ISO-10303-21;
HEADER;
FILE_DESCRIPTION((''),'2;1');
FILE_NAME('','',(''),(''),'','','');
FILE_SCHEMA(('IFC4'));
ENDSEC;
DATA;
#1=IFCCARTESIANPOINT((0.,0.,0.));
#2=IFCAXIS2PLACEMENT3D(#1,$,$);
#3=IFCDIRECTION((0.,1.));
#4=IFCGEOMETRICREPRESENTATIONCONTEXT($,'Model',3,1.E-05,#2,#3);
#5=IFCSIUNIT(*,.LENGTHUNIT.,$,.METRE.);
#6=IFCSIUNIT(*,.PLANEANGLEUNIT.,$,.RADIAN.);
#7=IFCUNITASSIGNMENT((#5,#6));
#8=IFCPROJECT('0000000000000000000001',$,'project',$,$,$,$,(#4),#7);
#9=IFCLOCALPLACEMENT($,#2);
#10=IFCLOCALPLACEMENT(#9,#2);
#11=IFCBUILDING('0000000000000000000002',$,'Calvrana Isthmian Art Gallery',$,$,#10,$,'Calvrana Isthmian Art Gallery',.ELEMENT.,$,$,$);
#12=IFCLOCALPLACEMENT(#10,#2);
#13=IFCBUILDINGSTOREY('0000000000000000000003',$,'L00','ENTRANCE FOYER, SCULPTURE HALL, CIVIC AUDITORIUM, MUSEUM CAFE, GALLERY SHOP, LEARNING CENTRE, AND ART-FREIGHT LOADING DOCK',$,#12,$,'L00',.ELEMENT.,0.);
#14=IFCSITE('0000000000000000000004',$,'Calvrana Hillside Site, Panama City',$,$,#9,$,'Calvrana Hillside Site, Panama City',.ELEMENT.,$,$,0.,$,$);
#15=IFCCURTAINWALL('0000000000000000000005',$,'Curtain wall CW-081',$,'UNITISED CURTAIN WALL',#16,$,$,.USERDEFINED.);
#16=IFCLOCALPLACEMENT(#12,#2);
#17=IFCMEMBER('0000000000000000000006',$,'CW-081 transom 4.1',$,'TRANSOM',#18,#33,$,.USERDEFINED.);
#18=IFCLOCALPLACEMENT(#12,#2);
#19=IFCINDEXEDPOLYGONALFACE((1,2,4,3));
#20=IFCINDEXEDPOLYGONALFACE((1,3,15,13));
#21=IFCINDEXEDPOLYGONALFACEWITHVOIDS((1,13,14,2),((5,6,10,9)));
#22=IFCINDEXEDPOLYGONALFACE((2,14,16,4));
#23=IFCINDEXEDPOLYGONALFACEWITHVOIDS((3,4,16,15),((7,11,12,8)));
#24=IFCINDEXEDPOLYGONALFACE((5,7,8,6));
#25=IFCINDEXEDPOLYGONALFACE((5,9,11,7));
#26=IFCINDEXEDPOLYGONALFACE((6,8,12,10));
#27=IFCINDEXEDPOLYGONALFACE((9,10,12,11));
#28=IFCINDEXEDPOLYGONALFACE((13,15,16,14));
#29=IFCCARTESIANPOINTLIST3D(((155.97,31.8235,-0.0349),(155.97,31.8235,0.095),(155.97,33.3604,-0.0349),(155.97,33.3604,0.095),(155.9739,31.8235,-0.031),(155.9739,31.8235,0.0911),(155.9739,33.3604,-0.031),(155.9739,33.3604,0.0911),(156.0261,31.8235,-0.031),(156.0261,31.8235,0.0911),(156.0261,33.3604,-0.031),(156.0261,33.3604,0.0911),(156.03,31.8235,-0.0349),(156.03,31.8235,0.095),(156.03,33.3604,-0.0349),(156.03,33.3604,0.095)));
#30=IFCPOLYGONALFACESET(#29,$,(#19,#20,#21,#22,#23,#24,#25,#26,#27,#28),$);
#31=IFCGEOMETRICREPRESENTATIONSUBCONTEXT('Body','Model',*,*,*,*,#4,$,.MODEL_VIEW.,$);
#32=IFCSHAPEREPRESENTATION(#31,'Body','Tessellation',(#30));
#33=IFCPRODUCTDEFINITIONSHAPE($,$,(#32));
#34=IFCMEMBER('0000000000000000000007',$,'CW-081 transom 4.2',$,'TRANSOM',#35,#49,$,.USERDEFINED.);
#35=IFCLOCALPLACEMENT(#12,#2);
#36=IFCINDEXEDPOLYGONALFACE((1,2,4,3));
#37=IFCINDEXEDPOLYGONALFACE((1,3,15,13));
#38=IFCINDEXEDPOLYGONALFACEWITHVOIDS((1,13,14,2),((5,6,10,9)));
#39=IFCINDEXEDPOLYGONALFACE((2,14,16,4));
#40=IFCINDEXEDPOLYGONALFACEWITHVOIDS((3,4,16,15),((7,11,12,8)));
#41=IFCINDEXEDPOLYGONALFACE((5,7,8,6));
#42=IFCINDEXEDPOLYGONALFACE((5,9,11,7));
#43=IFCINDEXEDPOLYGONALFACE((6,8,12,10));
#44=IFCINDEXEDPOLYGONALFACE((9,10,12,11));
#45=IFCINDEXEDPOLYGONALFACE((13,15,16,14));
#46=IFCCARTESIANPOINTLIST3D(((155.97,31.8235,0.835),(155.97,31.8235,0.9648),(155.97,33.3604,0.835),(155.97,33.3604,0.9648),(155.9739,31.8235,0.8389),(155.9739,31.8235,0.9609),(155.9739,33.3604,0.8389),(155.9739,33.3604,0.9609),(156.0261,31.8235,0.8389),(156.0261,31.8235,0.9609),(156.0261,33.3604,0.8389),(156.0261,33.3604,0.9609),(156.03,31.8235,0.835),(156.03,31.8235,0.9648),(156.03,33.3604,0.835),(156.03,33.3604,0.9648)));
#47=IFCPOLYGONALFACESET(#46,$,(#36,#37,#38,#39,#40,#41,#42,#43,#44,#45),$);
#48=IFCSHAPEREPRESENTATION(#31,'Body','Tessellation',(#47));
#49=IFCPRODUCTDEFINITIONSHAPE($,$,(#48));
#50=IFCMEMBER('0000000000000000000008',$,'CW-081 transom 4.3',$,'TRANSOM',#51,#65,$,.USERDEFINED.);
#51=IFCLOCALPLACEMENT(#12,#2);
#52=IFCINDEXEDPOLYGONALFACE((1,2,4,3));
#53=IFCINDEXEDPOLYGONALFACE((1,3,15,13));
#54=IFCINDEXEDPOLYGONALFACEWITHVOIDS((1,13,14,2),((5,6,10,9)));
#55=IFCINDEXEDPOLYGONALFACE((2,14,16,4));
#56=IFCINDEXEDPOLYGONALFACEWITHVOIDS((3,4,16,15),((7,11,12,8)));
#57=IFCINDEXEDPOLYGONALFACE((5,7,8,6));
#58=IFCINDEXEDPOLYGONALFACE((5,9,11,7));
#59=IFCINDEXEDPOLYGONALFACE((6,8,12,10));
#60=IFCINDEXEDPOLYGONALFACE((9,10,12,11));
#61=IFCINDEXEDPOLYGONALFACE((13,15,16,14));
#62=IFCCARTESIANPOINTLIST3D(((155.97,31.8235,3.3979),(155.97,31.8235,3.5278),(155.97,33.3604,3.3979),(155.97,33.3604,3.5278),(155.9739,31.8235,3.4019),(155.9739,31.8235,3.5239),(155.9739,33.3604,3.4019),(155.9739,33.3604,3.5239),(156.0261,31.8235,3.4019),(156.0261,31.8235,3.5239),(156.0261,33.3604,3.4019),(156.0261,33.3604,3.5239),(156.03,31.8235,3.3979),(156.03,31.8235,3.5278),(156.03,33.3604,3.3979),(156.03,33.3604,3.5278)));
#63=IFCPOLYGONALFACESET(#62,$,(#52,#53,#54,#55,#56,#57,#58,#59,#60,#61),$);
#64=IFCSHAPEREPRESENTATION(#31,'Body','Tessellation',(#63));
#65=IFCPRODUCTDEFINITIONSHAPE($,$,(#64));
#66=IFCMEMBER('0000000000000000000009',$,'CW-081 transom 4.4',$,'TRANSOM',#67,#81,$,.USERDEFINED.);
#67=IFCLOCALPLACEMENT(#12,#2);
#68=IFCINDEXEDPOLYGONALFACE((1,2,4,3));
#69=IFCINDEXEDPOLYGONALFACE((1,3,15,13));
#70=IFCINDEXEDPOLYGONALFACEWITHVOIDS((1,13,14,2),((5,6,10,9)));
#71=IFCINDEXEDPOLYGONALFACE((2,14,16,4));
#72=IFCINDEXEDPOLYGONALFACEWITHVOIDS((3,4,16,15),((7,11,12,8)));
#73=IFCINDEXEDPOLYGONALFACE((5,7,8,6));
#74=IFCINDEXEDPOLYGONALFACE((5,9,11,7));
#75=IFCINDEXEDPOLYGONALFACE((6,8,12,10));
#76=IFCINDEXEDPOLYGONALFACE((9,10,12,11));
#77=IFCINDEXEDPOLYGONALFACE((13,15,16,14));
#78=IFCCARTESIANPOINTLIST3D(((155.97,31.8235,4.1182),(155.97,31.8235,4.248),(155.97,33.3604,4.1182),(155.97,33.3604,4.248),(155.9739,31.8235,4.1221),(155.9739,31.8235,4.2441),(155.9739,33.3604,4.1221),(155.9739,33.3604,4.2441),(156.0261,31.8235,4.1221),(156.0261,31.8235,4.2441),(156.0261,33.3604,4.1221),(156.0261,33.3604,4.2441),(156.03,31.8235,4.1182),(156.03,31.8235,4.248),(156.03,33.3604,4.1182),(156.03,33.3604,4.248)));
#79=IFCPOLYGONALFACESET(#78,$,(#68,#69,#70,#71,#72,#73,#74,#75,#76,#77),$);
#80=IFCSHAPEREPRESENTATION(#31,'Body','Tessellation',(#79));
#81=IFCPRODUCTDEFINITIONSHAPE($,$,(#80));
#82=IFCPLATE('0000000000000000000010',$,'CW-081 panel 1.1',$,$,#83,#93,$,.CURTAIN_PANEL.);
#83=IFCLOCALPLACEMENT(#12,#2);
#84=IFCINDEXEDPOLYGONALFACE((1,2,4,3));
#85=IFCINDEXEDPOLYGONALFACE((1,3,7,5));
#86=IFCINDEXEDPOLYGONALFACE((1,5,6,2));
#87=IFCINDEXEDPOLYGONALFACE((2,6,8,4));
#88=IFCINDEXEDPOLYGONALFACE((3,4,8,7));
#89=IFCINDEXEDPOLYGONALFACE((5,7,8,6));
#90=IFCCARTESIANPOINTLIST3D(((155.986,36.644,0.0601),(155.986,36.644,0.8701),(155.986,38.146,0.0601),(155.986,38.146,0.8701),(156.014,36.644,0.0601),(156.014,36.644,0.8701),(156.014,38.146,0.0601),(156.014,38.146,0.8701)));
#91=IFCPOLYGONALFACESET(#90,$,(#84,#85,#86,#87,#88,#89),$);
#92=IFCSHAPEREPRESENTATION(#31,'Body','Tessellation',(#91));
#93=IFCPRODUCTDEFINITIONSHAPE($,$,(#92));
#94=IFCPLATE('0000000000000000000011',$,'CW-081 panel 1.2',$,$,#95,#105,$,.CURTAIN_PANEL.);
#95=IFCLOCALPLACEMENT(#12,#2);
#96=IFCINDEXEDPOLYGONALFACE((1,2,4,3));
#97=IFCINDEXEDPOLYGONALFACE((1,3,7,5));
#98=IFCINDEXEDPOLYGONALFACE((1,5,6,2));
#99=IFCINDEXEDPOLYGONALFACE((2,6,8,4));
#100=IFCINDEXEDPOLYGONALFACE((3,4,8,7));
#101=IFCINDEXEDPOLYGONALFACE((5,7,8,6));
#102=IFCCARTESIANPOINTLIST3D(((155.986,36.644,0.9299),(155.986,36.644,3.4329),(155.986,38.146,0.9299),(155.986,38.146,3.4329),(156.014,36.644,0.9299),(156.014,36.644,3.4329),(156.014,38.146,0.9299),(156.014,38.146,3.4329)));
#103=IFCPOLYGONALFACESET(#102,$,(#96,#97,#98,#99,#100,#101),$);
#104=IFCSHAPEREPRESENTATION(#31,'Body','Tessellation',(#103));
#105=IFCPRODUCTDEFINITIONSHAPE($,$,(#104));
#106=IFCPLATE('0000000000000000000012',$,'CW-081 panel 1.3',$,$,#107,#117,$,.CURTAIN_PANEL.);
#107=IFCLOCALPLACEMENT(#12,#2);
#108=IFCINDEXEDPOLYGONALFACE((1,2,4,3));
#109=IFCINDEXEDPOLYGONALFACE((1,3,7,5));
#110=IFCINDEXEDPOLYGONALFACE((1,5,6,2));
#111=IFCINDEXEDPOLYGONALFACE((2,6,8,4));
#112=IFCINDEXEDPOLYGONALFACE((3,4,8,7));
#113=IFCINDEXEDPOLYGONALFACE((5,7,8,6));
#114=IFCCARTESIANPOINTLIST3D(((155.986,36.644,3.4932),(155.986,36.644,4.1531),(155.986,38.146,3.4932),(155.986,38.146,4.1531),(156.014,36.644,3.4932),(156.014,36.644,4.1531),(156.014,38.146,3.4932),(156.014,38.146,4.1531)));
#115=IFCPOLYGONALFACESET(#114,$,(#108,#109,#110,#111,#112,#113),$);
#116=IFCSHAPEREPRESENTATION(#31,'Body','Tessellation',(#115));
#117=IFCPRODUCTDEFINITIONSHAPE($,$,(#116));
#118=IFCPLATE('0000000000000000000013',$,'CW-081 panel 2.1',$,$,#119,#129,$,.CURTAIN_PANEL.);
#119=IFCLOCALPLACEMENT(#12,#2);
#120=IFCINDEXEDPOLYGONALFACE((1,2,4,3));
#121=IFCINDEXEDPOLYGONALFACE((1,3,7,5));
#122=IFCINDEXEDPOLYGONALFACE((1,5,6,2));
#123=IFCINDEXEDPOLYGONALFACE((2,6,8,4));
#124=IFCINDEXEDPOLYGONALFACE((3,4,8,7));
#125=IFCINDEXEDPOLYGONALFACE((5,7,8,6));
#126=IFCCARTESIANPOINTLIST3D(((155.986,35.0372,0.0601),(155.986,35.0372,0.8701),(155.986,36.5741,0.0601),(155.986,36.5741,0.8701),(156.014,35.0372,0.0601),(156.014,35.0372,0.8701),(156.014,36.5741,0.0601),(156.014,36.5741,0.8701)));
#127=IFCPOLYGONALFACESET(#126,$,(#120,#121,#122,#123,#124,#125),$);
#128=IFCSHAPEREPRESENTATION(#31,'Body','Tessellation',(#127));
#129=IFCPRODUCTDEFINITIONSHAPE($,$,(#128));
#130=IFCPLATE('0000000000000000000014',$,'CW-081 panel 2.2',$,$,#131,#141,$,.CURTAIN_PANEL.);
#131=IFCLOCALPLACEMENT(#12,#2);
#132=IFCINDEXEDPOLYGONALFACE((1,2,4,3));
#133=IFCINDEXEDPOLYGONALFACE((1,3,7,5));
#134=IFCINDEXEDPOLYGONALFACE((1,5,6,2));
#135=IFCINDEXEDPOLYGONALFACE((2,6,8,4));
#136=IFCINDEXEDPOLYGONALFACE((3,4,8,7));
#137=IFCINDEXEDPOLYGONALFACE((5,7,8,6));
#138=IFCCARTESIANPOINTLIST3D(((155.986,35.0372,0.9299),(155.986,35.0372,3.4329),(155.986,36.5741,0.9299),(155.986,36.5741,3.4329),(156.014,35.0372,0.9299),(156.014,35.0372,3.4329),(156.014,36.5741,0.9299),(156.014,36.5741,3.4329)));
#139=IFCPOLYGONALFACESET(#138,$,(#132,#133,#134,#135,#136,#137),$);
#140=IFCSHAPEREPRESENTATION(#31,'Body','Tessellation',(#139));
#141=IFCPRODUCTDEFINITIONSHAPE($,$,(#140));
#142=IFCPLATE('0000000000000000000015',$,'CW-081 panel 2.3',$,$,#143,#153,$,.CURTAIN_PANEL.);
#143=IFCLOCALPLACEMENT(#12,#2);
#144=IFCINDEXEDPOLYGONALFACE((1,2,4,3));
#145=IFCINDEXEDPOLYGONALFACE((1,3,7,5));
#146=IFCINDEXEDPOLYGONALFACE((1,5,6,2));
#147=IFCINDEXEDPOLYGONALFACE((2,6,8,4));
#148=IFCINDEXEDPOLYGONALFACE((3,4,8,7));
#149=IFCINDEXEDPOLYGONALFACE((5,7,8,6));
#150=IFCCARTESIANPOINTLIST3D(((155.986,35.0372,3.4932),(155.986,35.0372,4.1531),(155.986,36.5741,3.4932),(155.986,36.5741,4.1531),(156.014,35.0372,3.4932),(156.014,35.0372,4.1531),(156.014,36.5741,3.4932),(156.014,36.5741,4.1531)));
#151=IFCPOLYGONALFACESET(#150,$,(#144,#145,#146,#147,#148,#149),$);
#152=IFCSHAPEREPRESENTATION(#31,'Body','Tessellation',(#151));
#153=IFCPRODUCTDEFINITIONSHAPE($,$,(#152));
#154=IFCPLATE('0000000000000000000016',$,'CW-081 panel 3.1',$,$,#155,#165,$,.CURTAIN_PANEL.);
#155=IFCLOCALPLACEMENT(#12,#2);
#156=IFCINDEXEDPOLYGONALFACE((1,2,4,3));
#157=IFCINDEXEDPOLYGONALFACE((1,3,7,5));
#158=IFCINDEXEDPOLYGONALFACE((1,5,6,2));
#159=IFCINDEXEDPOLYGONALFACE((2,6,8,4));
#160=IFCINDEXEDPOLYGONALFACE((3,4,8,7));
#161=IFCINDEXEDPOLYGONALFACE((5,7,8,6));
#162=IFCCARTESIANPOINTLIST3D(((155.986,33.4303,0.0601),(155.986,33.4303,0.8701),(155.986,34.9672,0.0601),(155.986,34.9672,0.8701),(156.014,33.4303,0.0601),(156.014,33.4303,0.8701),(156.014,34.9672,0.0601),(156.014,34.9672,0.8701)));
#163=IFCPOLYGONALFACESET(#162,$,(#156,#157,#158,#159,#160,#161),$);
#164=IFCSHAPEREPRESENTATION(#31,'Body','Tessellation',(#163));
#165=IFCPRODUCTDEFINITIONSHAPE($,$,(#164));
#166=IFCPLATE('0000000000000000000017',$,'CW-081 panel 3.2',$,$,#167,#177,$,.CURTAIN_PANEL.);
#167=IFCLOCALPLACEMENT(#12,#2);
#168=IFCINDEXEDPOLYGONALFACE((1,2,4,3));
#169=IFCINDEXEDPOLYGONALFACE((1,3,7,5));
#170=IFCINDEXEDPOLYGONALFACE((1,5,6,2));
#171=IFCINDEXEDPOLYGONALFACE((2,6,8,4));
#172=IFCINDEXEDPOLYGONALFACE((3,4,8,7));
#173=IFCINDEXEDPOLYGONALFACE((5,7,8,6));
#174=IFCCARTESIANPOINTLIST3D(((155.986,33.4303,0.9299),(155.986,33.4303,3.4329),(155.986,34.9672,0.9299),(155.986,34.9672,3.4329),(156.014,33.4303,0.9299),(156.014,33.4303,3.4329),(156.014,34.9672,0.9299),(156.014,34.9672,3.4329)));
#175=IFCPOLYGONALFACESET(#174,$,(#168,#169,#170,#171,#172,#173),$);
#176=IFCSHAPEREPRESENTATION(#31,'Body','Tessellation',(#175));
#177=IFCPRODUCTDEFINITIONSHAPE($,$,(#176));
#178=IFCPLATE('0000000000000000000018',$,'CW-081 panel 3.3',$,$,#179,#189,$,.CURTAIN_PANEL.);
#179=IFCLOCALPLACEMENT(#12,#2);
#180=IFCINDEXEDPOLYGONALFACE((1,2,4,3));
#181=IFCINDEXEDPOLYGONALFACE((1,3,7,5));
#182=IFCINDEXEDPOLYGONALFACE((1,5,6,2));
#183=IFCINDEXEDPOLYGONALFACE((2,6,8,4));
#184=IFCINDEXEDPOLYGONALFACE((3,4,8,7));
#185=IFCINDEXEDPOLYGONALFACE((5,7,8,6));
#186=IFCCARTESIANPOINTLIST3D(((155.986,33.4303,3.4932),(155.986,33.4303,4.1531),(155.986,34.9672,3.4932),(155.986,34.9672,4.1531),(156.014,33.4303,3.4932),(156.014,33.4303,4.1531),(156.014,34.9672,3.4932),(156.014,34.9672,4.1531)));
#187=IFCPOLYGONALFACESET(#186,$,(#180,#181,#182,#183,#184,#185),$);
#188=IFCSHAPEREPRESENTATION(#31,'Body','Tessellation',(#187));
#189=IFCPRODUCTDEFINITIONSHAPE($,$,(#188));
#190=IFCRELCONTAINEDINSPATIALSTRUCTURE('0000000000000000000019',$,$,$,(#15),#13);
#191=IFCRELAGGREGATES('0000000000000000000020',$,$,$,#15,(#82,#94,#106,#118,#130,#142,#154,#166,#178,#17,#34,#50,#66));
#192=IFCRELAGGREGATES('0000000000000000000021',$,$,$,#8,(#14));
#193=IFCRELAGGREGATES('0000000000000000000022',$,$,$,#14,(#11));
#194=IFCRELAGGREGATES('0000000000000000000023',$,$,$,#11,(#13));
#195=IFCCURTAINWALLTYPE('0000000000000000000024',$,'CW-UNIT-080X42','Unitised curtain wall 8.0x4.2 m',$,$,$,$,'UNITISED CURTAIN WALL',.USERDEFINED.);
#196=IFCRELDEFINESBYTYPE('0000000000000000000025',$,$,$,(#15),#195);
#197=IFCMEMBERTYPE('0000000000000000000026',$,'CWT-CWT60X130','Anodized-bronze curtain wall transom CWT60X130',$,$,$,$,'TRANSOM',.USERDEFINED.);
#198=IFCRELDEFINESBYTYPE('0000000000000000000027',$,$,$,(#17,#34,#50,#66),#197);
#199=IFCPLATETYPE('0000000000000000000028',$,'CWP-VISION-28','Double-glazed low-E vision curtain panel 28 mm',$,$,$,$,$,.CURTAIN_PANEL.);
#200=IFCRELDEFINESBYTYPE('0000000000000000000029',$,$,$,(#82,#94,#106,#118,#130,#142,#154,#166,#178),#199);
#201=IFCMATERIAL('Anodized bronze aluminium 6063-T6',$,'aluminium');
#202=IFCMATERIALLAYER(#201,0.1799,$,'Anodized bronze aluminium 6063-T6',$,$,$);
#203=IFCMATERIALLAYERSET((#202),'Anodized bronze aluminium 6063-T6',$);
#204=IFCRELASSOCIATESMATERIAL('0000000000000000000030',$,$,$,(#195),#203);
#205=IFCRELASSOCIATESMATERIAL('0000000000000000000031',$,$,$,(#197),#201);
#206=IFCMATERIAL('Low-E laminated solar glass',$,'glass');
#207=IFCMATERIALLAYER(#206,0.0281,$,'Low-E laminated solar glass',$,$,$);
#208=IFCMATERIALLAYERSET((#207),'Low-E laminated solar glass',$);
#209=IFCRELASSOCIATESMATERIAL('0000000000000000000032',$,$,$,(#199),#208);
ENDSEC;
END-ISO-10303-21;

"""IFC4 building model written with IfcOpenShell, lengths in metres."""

from ifc_helpers import new_model, si_unit, direction, frame, origin, origin_2d, place, context, subcontext, project, spatial, rectangle, hollow_rectangle, extrude, material, layer, layer_set, material_profile, profile_set, type_object, element, aggregate, save


model = new_model("IFC4")

# Units and contexts
model_context = context("Model", 3, precision=1e-05, world=origin(), true_north=direction((0.0, 1.0)))
body_context = subcontext(model_context, "Body", "Model", "MODEL_VIEW")
ifc_project = project(units=[si_unit("LENGTHUNIT", "METRE"), si_unit("PLANEANGLEUNIT", "RADIAN")], contexts=[model_context])

# Site, building, storey
site_placement = place(None, origin())
site = spatial("IfcSite", under=ifc_project, at=site_placement, Name="Calvrana Hillside Site, Panama City", LongName="Calvrana Hillside Site, Panama City", CompositionType="ELEMENT", RefElevation=0.0)
building_placement = place(site_placement, origin())
building = spatial("IfcBuilding", under=site, at=building_placement, Name="Calvrana Isthmian Art Gallery", LongName="Calvrana Isthmian Art Gallery", CompositionType="ELEMENT")
storey_placement = place(building_placement, origin())
storey = spatial("IfcBuildingStorey", under=building, at=storey_placement, Name="L00", Description="ENTRANCE FOYER, SCULPTURE HALL, CIVIC AUDITORIUM, MUSEUM CAFE, GALLERY SHOP, LEARNING CENTRE, AND ART-FREIGHT LOADING DOCK", LongName="L00", CompositionType="ELEMENT", Elevation=0.0)

# Curtain wall, members, plates
ifc_material_1 = material(Name="Anodized bronze aluminium 6063-T6", Category="aluminium")
ifc_layer_1 = layer(ifc_material_1, 0.1799, Name="Anodized bronze aluminium 6063-T6")
ifc_layer_set_1 = layer_set([ifc_layer_1], Name="Anodized bronze aluminium 6063-T6")
curtain_wall_type = type_object("IfcCurtainWallType", Name="CW-UNIT-080X42", Description="Unitised curtain wall 8.0x4.2 m", ElementType="UNITISED CURTAIN WALL", PredefinedType="USERDEFINED", material=ifc_layer_set_1)
curtain_wall_placement = place(storey_placement, origin())
curtain_wall = element("IfcCurtainWall", 1, at=curtain_wall_placement, inside=storey, type_object=curtain_wall_type, Name="Curtain wall CW-081", ObjectType="UNITISED CURTAIN WALL", PredefinedType="USERDEFINED")
ifc_material_profile_1 = material_profile(ifc_material_1, hollow_rectangle(XDim=0.0601, YDim=0.1299, WallThickness=0.0039, at=origin_2d()), Name="CWT60X130")
ifc_profile_set_1 = profile_set([ifc_material_profile_1], Name="Anodized bronze aluminium 6063-T6")
member_type_1 = type_object("IfcMemberType", Name="CWT-CWT60X130", Description="Anodized-bronze curtain wall transom CWT60X130", ElementType="TRANSOM", PredefinedType="USERDEFINED", material=ifc_profile_set_1)
member_1_placement = place(storey_placement, frame((156.0, 33.3604, 0.03), z_axis=(0.0, -1.0, 0.0), x_axis=(1.0, 0.0, 0.0)))
member_1 = element("IfcMember", 2, at=member_1_placement, type_object=member_type_1, Name="CW-081 transom 4.1", ObjectType="TRANSOM", PredefinedType="USERDEFINED", context=body_context, shape_type="SweptSolid", body=[
    extrude(hollow_rectangle(XDim=0.0601, YDim=0.1299, WallThickness=0.0039, at=origin_2d()), origin(), (0.0, 0.0, 1.0), 1.5369),
])
member_2_placement = place(storey_placement, frame((156.0, 33.3604, 0.8999), z_axis=(0.0, -1.0, 0.0), x_axis=(1.0, 0.0, 0.0)))
member_2 = element("IfcMember", 3, at=member_2_placement, type_object=member_type_1, Name="CW-081 transom 4.2", ObjectType="TRANSOM", PredefinedType="USERDEFINED", context=body_context, shape_type="SweptSolid", body=[
    extrude(hollow_rectangle(XDim=0.0601, YDim=0.1299, WallThickness=0.0039, at=origin_2d()), origin(), (0.0, 0.0, 1.0), 1.5369),
])
member_3_placement = place(storey_placement, frame((156.0, 33.3604, 3.4629), z_axis=(0.0, -1.0, 0.0), x_axis=(1.0, 0.0, 0.0)))
member_3 = element("IfcMember", 4, at=member_3_placement, type_object=member_type_1, Name="CW-081 transom 4.3", ObjectType="TRANSOM", PredefinedType="USERDEFINED", context=body_context, shape_type="SweptSolid", body=[
    extrude(hollow_rectangle(XDim=0.0601, YDim=0.1299, WallThickness=0.0039, at=origin_2d()), origin(), (0.0, 0.0, 1.0), 1.5369),
])
member_4_placement = place(storey_placement, frame((156.0, 33.3604, 4.1831), z_axis=(0.0, -1.0, 0.0), x_axis=(1.0, 0.0, 0.0)))
member_4 = element("IfcMember", 5, at=member_4_placement, type_object=member_type_1, Name="CW-081 transom 4.4", ObjectType="TRANSOM", PredefinedType="USERDEFINED", context=body_context, shape_type="SweptSolid", body=[
    extrude(hollow_rectangle(XDim=0.0601, YDim=0.1299, WallThickness=0.0039, at=origin_2d()), origin(), (0.0, 0.0, 1.0), 1.5369),
])
ifc_material_2 = material(Name="Low-E laminated solar glass", Category="glass")
ifc_layer_2 = layer(ifc_material_2, 0.0281, Name="Low-E laminated solar glass")
ifc_layer_set_2 = layer_set([ifc_layer_2], Name="Low-E laminated solar glass")
plate_type = type_object("IfcPlateType", Name="CWP-VISION-28", Description="Double-glazed low-E vision curtain panel 28 mm", PredefinedType="CURTAIN_PANEL", material=ifc_layer_set_2)
plate_1_placement = place(storey_placement, frame((156.0, 37.395, 0.0601), z_axis=(0.0, 0.0, 1.0), x_axis=(0.0, -1.0, 0.0)))
plate_1 = element("IfcPlate", 6, at=plate_1_placement, type_object=plate_type, Name="CW-081 panel 1.1", PredefinedType="CURTAIN_PANEL", context=body_context, shape_type="SweptSolid", body=[
    extrude(rectangle(XDim=1.502, YDim=0.0281, at=origin_2d()), origin(), (0.0, 0.0, 1.0), 0.8101),
])
plate_2_placement = place(storey_placement, frame((156.0, 37.395, 0.9299), z_axis=(0.0, 0.0, 1.0), x_axis=(0.0, -1.0, 0.0)))
plate_2 = element("IfcPlate", 7, at=plate_2_placement, type_object=plate_type, Name="CW-081 panel 1.2", PredefinedType="CURTAIN_PANEL", context=body_context, shape_type="SweptSolid", body=[
    extrude(rectangle(XDim=1.502, YDim=0.0281, at=origin_2d()), origin(), (0.0, 0.0, 1.0), 2.5029),
])
plate_3_placement = place(storey_placement, frame((156.0, 37.395, 3.4932), z_axis=(0.0, 0.0, 1.0), x_axis=(0.0, -1.0, 0.0)))
plate_3 = element("IfcPlate", 8, at=plate_3_placement, type_object=plate_type, Name="CW-081 panel 1.3", PredefinedType="CURTAIN_PANEL", context=body_context, shape_type="SweptSolid", body=[
    extrude(rectangle(XDim=1.502, YDim=0.0281, at=origin_2d()), origin(), (0.0, 0.0, 1.0), 0.6599),
])
plate_4_placement = place(storey_placement, frame((156.0, 35.8057, 0.0601), z_axis=(0.0, 0.0, 1.0), x_axis=(0.0, -1.0, 0.0)))
plate_4 = element("IfcPlate", 9, at=plate_4_placement, type_object=plate_type, Name="CW-081 panel 2.1", PredefinedType="CURTAIN_PANEL", context=body_context, shape_type="SweptSolid", body=[
    extrude(rectangle(XDim=1.5369, YDim=0.0281, at=origin_2d()), origin(), (0.0, 0.0, 1.0), 0.8101),
])
plate_5_placement = place(storey_placement, frame((156.0, 35.8057, 0.9299), z_axis=(0.0, 0.0, 1.0), x_axis=(0.0, -1.0, 0.0)))
plate_5 = element("IfcPlate", 10, at=plate_5_placement, type_object=plate_type, Name="CW-081 panel 2.2", PredefinedType="CURTAIN_PANEL", context=body_context, shape_type="SweptSolid", body=[
    extrude(rectangle(XDim=1.5369, YDim=0.0281, at=origin_2d()), origin(), (0.0, 0.0, 1.0), 2.5029),
])
plate_6_placement = place(storey_placement, frame((156.0, 35.8057, 3.4932), z_axis=(0.0, 0.0, 1.0), x_axis=(0.0, -1.0, 0.0)))
plate_6 = element("IfcPlate", 11, at=plate_6_placement, type_object=plate_type, Name="CW-081 panel 2.3", PredefinedType="CURTAIN_PANEL", context=body_context, shape_type="SweptSolid", body=[
    extrude(rectangle(XDim=1.5369, YDim=0.0281, at=origin_2d()), origin(), (0.0, 0.0, 1.0), 0.6599),
])
plate_7_placement = place(storey_placement, frame((156.0, 34.1987, 0.0601), z_axis=(0.0, 0.0, 1.0), x_axis=(0.0, -1.0, 0.0)))
plate_7 = element("IfcPlate", 12, at=plate_7_placement, type_object=plate_type, Name="CW-081 panel 3.1", PredefinedType="CURTAIN_PANEL", context=body_context, shape_type="SweptSolid", body=[
    extrude(rectangle(XDim=1.5369, YDim=0.0281, at=origin_2d()), origin(), (0.0, 0.0, 1.0), 0.8101),
])
plate_8_placement = place(storey_placement, frame((156.0, 34.1987, 0.9299), z_axis=(0.0, 0.0, 1.0), x_axis=(0.0, -1.0, 0.0)))
plate_8 = element("IfcPlate", 13, at=plate_8_placement, type_object=plate_type, Name="CW-081 panel 3.2", PredefinedType="CURTAIN_PANEL", context=body_context, shape_type="SweptSolid", body=[
    extrude(rectangle(XDim=1.5369, YDim=0.0281, at=origin_2d()), origin(), (0.0, 0.0, 1.0), 2.5029),
])
plate_9_placement = place(storey_placement, frame((156.0, 34.1987, 3.4932), z_axis=(0.0, 0.0, 1.0), x_axis=(0.0, -1.0, 0.0)))
plate_9 = element("IfcPlate", 14, at=plate_9_placement, type_object=plate_type, Name="CW-081 panel 3.3", PredefinedType="CURTAIN_PANEL", context=body_context, shape_type="SweptSolid", body=[
    extrude(rectangle(XDim=1.5369, YDim=0.0281, at=origin_2d()), origin(), (0.0, 0.0, 1.0), 0.6599),
])
aggregate(curtain_wall, [plate_1, plate_2, plate_3, plate_4, plate_5, plate_6, plate_7, plate_8, plate_9, member_1, member_2, member_3, member_4])

save(model, "model.ifc")
